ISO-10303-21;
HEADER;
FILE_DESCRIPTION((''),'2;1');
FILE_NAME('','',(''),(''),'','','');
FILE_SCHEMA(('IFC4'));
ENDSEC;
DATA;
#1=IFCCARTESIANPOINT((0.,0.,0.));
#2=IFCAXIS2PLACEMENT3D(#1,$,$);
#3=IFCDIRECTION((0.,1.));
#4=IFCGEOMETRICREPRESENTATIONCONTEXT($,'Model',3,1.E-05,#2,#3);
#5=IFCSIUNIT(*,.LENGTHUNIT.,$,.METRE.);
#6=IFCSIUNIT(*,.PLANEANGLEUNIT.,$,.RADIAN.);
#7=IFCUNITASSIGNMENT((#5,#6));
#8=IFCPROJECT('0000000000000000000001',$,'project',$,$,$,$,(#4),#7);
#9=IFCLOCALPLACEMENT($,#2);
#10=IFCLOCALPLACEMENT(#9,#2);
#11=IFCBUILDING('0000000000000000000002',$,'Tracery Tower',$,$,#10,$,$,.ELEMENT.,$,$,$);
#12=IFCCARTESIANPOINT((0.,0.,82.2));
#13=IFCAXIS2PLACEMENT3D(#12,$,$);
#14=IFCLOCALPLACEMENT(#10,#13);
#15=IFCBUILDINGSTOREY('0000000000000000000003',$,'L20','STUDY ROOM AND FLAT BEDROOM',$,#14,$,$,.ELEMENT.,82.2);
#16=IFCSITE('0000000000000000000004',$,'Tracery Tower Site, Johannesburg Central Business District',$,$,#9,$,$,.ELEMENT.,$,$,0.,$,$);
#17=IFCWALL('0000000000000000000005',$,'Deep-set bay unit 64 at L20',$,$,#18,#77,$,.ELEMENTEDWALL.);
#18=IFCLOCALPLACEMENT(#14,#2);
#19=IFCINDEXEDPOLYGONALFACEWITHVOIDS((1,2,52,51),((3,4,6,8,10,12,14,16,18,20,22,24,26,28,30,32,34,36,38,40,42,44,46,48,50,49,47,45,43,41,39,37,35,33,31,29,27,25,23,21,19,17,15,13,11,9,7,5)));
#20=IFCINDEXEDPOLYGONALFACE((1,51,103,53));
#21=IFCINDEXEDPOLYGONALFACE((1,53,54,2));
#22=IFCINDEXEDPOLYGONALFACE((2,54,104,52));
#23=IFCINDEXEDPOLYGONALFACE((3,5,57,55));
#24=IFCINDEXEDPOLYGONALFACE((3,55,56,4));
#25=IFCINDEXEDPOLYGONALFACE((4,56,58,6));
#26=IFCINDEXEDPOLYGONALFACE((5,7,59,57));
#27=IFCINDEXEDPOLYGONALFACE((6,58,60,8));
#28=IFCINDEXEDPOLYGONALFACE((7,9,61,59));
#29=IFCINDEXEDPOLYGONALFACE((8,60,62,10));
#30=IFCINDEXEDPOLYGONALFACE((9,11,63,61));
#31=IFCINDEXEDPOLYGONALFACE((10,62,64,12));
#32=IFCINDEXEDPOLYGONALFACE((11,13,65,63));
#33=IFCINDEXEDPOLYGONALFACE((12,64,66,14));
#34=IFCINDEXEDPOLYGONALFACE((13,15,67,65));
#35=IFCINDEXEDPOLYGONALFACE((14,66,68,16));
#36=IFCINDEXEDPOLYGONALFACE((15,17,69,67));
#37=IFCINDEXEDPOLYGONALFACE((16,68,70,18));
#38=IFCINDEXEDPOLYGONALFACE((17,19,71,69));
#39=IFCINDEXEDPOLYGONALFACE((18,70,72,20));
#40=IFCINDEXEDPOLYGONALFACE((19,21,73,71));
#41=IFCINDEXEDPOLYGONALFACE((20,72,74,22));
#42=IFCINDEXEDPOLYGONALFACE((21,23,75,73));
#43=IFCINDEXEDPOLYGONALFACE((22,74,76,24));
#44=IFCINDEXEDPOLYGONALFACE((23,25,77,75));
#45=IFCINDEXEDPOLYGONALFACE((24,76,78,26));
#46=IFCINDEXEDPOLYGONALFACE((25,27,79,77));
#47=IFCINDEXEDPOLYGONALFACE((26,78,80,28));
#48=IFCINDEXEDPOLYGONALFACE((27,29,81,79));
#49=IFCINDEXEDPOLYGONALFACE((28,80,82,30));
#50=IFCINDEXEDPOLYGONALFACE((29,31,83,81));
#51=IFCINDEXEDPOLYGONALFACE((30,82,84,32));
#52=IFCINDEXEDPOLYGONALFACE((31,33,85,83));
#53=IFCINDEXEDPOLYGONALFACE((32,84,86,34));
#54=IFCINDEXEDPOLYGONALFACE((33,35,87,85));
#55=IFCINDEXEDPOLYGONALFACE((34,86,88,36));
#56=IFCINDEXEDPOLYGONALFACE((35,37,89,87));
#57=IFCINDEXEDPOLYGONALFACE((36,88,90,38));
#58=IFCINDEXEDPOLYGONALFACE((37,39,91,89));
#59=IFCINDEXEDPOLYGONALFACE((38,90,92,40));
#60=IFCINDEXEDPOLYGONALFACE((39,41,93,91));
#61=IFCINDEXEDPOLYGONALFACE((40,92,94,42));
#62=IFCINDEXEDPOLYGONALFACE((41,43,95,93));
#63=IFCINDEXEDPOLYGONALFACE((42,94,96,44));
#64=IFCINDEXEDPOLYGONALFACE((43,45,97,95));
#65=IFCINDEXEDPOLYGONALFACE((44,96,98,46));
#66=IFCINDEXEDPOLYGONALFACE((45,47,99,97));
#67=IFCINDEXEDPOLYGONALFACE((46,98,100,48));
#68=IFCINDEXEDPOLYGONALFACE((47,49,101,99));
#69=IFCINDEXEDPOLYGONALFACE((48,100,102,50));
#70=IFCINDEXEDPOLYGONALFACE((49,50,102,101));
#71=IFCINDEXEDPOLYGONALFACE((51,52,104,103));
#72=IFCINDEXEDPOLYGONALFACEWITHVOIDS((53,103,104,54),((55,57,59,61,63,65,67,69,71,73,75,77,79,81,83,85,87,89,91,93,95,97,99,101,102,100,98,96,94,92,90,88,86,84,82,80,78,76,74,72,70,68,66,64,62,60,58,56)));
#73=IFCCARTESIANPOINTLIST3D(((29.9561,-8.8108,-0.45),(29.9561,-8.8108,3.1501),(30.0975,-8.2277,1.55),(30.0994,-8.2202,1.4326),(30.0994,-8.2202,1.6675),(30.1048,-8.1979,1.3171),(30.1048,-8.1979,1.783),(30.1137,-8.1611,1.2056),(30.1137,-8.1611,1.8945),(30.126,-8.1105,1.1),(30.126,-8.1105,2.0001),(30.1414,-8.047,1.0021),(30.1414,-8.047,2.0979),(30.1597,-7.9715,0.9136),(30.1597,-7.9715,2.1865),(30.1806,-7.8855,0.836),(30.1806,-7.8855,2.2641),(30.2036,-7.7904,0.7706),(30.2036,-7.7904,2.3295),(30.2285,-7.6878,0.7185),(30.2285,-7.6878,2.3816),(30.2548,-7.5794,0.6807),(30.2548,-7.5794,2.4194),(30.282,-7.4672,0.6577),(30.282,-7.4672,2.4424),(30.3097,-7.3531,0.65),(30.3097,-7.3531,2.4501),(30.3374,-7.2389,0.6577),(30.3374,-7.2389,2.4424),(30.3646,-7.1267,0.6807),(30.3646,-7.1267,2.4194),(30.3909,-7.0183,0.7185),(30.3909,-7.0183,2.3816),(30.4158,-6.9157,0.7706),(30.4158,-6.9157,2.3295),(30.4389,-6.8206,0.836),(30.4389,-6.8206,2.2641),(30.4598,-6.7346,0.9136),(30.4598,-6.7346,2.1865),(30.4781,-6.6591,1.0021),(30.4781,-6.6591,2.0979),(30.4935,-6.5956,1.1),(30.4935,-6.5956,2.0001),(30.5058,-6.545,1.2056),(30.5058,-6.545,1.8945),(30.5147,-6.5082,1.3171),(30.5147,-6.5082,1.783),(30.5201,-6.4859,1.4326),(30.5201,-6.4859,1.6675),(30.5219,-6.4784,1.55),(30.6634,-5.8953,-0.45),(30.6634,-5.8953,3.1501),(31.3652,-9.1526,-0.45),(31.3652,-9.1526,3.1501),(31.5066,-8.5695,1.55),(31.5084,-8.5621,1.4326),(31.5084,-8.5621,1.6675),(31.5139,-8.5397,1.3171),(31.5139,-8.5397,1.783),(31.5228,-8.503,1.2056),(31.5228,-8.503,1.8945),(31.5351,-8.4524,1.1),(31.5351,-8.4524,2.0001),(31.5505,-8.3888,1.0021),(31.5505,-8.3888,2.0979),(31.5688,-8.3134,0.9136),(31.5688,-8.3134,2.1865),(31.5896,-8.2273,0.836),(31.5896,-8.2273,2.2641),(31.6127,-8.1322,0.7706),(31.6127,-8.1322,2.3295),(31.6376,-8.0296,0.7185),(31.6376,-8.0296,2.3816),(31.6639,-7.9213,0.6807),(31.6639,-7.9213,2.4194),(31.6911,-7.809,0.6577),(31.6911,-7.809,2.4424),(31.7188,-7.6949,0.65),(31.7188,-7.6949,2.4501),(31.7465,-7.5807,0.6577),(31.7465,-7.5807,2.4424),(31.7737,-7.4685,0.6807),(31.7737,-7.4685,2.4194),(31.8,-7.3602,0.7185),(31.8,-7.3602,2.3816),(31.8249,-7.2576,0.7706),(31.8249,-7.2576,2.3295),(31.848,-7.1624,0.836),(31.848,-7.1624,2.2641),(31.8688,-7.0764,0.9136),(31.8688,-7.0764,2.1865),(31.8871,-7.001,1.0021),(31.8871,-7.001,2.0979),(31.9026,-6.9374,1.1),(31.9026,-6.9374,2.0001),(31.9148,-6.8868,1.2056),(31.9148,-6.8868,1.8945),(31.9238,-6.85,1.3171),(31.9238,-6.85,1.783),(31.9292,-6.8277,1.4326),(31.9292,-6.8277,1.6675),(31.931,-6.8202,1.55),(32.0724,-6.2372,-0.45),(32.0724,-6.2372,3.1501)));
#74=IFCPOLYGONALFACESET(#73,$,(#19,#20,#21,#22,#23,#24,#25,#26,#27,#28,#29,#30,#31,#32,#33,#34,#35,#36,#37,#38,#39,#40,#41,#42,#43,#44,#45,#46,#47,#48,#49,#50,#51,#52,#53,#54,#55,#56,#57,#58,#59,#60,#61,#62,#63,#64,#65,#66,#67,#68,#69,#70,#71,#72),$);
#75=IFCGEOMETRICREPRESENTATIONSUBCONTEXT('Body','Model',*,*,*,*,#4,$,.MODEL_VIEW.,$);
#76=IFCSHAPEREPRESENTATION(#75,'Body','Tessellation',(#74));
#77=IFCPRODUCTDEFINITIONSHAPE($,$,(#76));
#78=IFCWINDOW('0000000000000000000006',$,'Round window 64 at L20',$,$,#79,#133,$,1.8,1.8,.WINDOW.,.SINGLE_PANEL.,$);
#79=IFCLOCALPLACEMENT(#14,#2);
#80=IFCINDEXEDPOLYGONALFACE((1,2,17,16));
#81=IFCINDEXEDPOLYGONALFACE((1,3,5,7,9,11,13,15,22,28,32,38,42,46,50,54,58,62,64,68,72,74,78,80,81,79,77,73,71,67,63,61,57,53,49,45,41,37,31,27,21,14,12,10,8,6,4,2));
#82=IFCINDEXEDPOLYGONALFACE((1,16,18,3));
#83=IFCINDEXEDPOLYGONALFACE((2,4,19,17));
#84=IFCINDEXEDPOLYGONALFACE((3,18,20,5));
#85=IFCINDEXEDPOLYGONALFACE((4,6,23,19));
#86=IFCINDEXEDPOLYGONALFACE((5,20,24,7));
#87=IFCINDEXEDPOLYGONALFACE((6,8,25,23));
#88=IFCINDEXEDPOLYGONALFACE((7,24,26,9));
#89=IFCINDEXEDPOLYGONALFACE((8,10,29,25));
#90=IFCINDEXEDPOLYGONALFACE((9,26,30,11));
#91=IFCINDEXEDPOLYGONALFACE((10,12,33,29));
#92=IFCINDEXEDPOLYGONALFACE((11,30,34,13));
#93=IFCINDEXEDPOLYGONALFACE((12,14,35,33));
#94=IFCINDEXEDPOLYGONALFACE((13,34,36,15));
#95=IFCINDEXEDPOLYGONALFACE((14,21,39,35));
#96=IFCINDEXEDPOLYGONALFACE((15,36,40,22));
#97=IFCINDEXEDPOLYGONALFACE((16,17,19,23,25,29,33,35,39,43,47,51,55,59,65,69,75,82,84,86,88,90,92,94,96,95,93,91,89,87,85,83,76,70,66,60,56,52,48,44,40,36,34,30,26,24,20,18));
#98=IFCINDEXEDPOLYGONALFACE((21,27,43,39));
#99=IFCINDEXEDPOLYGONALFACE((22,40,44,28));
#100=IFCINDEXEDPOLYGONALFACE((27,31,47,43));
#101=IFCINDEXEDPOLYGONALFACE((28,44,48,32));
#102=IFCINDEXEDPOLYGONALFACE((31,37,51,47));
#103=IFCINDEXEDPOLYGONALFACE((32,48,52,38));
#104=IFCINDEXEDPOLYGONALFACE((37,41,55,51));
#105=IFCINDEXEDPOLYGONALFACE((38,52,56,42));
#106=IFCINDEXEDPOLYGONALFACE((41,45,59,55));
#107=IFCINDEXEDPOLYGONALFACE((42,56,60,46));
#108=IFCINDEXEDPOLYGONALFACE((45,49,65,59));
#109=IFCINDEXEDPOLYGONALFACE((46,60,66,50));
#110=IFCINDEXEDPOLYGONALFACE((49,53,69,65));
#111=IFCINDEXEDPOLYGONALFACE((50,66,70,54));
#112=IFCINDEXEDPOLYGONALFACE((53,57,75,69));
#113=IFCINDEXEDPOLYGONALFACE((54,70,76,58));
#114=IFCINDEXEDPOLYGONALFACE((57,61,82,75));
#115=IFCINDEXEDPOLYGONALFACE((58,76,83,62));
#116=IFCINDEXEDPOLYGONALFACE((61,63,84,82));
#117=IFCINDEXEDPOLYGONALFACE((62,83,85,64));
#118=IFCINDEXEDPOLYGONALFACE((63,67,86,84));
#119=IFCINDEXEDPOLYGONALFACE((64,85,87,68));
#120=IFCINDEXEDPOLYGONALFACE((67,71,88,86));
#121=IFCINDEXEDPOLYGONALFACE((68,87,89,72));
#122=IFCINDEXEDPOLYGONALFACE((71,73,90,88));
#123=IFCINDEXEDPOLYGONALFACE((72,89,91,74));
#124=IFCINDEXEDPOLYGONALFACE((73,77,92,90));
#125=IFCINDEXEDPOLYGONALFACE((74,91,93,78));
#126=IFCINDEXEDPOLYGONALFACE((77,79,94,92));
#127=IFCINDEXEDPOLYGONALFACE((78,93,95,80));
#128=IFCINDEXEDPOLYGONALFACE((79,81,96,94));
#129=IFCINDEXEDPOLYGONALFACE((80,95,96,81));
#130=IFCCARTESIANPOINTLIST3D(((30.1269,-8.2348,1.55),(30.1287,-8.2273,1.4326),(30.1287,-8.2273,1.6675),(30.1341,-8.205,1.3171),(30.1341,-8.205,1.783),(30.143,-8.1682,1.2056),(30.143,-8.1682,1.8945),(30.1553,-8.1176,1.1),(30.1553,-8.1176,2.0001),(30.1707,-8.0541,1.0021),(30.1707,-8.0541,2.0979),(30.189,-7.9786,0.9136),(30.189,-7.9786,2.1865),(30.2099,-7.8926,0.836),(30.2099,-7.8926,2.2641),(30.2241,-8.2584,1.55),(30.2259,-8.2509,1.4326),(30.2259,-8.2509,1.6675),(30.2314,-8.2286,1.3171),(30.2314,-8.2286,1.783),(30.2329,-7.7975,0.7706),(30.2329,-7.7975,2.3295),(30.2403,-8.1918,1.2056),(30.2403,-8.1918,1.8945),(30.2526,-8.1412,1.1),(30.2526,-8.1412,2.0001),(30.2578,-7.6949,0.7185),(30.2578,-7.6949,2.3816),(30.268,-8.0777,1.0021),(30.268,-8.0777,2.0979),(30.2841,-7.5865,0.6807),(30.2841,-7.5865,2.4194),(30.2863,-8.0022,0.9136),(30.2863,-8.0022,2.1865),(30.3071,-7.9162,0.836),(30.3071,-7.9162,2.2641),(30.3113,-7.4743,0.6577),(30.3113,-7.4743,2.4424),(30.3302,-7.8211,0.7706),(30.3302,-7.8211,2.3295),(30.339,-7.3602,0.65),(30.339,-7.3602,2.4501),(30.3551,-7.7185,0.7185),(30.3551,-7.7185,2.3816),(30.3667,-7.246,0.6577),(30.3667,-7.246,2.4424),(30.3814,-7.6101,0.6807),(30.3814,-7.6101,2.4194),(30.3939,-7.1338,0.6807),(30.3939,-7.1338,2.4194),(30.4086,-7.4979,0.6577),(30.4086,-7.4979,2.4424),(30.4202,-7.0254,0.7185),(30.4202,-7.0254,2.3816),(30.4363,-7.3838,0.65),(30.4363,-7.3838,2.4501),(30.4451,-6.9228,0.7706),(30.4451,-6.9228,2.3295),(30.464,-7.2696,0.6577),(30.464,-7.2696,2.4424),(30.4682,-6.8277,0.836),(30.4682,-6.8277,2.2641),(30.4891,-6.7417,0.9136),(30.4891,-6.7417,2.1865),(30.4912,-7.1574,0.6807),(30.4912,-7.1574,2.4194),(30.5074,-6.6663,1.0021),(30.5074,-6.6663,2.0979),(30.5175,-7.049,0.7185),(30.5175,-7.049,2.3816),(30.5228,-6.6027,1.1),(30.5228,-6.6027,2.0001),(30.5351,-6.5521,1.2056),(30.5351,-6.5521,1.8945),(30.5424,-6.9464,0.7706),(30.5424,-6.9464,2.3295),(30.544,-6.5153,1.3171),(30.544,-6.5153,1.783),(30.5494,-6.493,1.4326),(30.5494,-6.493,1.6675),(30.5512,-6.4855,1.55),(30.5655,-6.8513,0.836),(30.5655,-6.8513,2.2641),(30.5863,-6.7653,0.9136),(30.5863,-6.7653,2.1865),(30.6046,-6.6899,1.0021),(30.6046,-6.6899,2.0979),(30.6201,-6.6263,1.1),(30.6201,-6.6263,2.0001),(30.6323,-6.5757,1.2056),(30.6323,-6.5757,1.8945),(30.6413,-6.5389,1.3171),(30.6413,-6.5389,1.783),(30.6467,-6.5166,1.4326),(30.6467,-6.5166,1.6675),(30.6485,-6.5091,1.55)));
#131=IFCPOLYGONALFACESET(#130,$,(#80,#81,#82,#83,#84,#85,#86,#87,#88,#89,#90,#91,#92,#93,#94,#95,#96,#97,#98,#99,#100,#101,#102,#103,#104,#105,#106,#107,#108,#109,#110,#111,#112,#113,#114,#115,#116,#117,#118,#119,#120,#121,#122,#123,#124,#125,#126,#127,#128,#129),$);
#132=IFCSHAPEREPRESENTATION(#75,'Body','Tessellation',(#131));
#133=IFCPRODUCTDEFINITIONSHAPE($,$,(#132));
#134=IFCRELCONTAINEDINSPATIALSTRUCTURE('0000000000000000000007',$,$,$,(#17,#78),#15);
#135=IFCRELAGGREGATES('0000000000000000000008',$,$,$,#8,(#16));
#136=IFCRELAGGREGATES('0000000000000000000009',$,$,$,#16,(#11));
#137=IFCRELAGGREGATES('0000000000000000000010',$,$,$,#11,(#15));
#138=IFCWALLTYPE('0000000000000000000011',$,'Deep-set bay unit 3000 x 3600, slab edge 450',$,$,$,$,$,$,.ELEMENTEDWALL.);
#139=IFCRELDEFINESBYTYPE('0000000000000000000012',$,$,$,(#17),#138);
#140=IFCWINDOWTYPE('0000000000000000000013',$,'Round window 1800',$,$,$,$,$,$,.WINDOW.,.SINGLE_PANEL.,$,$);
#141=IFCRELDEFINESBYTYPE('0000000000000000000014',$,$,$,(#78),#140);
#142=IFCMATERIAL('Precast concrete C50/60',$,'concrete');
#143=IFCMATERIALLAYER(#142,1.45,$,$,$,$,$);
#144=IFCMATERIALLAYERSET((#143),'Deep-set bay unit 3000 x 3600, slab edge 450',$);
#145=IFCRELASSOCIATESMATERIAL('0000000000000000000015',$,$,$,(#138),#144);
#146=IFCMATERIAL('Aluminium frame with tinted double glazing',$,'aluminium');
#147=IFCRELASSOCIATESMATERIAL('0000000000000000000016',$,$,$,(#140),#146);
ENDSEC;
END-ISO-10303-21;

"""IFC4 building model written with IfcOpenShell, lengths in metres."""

from ifc_helpers import new_model, si_unit, direction, frame, frame_2d, origin, origin_2d, place, context, subcontext, project, spatial, rectangle, circle, extrude, material, layer, layer_set, type_object, element, fill, save


model = new_model("IFC4")

# Units and contexts
model_context = context("Model", 3, precision=1e-05, world=origin(), true_north=direction((0.0, 1.0)))
body_context = subcontext(model_context, "Body", "Model", "MODEL_VIEW")
ifc_project = project(units=[si_unit("LENGTHUNIT", "METRE"), si_unit("PLANEANGLEUNIT", "RADIAN")], contexts=[model_context])

# Site, building, storey
site_placement = place(None, origin())
site = spatial("IfcSite", under=ifc_project, at=site_placement, Name="Tracery Tower Site, Johannesburg Central Business District", CompositionType="ELEMENT", RefElevation=0.0)
building_placement = place(site_placement, origin())
building = spatial("IfcBuilding", under=site, at=building_placement, Name="Tracery Tower", CompositionType="ELEMENT")
storey_placement = place(building_placement, frame((0.0, 0.0, 82.2)))
storey = spatial("IfcBuildingStorey", under=building, at=storey_placement, Name="L20", Description="STUDY ROOM AND FLAT BEDROOM", CompositionType="ELEMENT", Elevation=82.2)

# Wall, opening, window
ifc_material_1 = material(Name="Precast concrete C50/60", Category="concrete")
ifc_layer_1 = layer(ifc_material_1, 1.45)
ifc_layer_set_1 = layer_set([ifc_layer_1], Name="Deep-set bay unit 3000 x 3600, slab edge 450")
wall_type_1 = type_object("IfcWallType", Name="Deep-set bay unit 3000 x 3600, slab edge 450", PredefinedType="ELEMENTEDWALL", material=ifc_layer_set_1)
wall_1_placement = place(storey_placement, frame((30.6606, -8.9817, -0.45), z_axis=(0.0, 0.0, 1.0), x_axis=(0.235751, 0.971813, 0.0)))
wall_1 = element("IfcWall", 1, at=wall_1_placement, inside=storey, type_object=wall_type_1, Name="Deep-set bay unit 64 at L20", PredefinedType="ELEMENTEDWALL", context=body_context, shape_type="SweptSolid", body=[
    extrude(rectangle(XDim=3.0, YDim=1.45, at=frame_2d((1.5, 0.0))), origin(), (0.0, 0.0, 1.0), 3.6001),
])
opening_1_placement = place(wall_1_placement, frame((1.5, 0.0, 2.0)))
opening_1 = element("IfcOpeningElement", 2, at=opening_1_placement, cuts=wall_1, PredefinedType="OPENING", context=body_context, shape_type="SweptSolid", body=[
    extrude(circle(Radius=0.9, at=origin_2d()), frame((0.0, 0.7349, 0.0), z_axis=(0.0, -1.0, 0.0), x_axis=(1.0, 0.0, 0.0)), (0.0, 0.0, 1.0), 1.47),
])
ifc_material_2 = material(Name="Aluminium frame with tinted double glazing", Category="aluminium")
window_type = type_object("IfcWindowType", Name="Round window 1800", PartitioningType="SINGLE_PANEL", PredefinedType="WINDOW", material=ifc_material_2)
window_1_placement = place(opening_1_placement, origin())
window_1 = element("IfcWindow", 3, at=window_1_placement, inside=storey, type_object=window_type, Name="Round window 64 at L20", OverallHeight=1.8, OverallWidth=1.8, PartitioningType="SINGLE_PANEL", PredefinedType="WINDOW", context=body_context, shape_type="SweptSolid", body=[
    extrude(circle(Radius=0.9, at=origin_2d()), frame((0.0, 0.6948, 0.0), z_axis=(0.0, -1.0, 0.0), x_axis=(1.0, 0.0, 0.0)), (0.0, 0.0, 1.0), 0.1001),
])
fill(opening_1, window_1)

save(model, "model.ifc")
